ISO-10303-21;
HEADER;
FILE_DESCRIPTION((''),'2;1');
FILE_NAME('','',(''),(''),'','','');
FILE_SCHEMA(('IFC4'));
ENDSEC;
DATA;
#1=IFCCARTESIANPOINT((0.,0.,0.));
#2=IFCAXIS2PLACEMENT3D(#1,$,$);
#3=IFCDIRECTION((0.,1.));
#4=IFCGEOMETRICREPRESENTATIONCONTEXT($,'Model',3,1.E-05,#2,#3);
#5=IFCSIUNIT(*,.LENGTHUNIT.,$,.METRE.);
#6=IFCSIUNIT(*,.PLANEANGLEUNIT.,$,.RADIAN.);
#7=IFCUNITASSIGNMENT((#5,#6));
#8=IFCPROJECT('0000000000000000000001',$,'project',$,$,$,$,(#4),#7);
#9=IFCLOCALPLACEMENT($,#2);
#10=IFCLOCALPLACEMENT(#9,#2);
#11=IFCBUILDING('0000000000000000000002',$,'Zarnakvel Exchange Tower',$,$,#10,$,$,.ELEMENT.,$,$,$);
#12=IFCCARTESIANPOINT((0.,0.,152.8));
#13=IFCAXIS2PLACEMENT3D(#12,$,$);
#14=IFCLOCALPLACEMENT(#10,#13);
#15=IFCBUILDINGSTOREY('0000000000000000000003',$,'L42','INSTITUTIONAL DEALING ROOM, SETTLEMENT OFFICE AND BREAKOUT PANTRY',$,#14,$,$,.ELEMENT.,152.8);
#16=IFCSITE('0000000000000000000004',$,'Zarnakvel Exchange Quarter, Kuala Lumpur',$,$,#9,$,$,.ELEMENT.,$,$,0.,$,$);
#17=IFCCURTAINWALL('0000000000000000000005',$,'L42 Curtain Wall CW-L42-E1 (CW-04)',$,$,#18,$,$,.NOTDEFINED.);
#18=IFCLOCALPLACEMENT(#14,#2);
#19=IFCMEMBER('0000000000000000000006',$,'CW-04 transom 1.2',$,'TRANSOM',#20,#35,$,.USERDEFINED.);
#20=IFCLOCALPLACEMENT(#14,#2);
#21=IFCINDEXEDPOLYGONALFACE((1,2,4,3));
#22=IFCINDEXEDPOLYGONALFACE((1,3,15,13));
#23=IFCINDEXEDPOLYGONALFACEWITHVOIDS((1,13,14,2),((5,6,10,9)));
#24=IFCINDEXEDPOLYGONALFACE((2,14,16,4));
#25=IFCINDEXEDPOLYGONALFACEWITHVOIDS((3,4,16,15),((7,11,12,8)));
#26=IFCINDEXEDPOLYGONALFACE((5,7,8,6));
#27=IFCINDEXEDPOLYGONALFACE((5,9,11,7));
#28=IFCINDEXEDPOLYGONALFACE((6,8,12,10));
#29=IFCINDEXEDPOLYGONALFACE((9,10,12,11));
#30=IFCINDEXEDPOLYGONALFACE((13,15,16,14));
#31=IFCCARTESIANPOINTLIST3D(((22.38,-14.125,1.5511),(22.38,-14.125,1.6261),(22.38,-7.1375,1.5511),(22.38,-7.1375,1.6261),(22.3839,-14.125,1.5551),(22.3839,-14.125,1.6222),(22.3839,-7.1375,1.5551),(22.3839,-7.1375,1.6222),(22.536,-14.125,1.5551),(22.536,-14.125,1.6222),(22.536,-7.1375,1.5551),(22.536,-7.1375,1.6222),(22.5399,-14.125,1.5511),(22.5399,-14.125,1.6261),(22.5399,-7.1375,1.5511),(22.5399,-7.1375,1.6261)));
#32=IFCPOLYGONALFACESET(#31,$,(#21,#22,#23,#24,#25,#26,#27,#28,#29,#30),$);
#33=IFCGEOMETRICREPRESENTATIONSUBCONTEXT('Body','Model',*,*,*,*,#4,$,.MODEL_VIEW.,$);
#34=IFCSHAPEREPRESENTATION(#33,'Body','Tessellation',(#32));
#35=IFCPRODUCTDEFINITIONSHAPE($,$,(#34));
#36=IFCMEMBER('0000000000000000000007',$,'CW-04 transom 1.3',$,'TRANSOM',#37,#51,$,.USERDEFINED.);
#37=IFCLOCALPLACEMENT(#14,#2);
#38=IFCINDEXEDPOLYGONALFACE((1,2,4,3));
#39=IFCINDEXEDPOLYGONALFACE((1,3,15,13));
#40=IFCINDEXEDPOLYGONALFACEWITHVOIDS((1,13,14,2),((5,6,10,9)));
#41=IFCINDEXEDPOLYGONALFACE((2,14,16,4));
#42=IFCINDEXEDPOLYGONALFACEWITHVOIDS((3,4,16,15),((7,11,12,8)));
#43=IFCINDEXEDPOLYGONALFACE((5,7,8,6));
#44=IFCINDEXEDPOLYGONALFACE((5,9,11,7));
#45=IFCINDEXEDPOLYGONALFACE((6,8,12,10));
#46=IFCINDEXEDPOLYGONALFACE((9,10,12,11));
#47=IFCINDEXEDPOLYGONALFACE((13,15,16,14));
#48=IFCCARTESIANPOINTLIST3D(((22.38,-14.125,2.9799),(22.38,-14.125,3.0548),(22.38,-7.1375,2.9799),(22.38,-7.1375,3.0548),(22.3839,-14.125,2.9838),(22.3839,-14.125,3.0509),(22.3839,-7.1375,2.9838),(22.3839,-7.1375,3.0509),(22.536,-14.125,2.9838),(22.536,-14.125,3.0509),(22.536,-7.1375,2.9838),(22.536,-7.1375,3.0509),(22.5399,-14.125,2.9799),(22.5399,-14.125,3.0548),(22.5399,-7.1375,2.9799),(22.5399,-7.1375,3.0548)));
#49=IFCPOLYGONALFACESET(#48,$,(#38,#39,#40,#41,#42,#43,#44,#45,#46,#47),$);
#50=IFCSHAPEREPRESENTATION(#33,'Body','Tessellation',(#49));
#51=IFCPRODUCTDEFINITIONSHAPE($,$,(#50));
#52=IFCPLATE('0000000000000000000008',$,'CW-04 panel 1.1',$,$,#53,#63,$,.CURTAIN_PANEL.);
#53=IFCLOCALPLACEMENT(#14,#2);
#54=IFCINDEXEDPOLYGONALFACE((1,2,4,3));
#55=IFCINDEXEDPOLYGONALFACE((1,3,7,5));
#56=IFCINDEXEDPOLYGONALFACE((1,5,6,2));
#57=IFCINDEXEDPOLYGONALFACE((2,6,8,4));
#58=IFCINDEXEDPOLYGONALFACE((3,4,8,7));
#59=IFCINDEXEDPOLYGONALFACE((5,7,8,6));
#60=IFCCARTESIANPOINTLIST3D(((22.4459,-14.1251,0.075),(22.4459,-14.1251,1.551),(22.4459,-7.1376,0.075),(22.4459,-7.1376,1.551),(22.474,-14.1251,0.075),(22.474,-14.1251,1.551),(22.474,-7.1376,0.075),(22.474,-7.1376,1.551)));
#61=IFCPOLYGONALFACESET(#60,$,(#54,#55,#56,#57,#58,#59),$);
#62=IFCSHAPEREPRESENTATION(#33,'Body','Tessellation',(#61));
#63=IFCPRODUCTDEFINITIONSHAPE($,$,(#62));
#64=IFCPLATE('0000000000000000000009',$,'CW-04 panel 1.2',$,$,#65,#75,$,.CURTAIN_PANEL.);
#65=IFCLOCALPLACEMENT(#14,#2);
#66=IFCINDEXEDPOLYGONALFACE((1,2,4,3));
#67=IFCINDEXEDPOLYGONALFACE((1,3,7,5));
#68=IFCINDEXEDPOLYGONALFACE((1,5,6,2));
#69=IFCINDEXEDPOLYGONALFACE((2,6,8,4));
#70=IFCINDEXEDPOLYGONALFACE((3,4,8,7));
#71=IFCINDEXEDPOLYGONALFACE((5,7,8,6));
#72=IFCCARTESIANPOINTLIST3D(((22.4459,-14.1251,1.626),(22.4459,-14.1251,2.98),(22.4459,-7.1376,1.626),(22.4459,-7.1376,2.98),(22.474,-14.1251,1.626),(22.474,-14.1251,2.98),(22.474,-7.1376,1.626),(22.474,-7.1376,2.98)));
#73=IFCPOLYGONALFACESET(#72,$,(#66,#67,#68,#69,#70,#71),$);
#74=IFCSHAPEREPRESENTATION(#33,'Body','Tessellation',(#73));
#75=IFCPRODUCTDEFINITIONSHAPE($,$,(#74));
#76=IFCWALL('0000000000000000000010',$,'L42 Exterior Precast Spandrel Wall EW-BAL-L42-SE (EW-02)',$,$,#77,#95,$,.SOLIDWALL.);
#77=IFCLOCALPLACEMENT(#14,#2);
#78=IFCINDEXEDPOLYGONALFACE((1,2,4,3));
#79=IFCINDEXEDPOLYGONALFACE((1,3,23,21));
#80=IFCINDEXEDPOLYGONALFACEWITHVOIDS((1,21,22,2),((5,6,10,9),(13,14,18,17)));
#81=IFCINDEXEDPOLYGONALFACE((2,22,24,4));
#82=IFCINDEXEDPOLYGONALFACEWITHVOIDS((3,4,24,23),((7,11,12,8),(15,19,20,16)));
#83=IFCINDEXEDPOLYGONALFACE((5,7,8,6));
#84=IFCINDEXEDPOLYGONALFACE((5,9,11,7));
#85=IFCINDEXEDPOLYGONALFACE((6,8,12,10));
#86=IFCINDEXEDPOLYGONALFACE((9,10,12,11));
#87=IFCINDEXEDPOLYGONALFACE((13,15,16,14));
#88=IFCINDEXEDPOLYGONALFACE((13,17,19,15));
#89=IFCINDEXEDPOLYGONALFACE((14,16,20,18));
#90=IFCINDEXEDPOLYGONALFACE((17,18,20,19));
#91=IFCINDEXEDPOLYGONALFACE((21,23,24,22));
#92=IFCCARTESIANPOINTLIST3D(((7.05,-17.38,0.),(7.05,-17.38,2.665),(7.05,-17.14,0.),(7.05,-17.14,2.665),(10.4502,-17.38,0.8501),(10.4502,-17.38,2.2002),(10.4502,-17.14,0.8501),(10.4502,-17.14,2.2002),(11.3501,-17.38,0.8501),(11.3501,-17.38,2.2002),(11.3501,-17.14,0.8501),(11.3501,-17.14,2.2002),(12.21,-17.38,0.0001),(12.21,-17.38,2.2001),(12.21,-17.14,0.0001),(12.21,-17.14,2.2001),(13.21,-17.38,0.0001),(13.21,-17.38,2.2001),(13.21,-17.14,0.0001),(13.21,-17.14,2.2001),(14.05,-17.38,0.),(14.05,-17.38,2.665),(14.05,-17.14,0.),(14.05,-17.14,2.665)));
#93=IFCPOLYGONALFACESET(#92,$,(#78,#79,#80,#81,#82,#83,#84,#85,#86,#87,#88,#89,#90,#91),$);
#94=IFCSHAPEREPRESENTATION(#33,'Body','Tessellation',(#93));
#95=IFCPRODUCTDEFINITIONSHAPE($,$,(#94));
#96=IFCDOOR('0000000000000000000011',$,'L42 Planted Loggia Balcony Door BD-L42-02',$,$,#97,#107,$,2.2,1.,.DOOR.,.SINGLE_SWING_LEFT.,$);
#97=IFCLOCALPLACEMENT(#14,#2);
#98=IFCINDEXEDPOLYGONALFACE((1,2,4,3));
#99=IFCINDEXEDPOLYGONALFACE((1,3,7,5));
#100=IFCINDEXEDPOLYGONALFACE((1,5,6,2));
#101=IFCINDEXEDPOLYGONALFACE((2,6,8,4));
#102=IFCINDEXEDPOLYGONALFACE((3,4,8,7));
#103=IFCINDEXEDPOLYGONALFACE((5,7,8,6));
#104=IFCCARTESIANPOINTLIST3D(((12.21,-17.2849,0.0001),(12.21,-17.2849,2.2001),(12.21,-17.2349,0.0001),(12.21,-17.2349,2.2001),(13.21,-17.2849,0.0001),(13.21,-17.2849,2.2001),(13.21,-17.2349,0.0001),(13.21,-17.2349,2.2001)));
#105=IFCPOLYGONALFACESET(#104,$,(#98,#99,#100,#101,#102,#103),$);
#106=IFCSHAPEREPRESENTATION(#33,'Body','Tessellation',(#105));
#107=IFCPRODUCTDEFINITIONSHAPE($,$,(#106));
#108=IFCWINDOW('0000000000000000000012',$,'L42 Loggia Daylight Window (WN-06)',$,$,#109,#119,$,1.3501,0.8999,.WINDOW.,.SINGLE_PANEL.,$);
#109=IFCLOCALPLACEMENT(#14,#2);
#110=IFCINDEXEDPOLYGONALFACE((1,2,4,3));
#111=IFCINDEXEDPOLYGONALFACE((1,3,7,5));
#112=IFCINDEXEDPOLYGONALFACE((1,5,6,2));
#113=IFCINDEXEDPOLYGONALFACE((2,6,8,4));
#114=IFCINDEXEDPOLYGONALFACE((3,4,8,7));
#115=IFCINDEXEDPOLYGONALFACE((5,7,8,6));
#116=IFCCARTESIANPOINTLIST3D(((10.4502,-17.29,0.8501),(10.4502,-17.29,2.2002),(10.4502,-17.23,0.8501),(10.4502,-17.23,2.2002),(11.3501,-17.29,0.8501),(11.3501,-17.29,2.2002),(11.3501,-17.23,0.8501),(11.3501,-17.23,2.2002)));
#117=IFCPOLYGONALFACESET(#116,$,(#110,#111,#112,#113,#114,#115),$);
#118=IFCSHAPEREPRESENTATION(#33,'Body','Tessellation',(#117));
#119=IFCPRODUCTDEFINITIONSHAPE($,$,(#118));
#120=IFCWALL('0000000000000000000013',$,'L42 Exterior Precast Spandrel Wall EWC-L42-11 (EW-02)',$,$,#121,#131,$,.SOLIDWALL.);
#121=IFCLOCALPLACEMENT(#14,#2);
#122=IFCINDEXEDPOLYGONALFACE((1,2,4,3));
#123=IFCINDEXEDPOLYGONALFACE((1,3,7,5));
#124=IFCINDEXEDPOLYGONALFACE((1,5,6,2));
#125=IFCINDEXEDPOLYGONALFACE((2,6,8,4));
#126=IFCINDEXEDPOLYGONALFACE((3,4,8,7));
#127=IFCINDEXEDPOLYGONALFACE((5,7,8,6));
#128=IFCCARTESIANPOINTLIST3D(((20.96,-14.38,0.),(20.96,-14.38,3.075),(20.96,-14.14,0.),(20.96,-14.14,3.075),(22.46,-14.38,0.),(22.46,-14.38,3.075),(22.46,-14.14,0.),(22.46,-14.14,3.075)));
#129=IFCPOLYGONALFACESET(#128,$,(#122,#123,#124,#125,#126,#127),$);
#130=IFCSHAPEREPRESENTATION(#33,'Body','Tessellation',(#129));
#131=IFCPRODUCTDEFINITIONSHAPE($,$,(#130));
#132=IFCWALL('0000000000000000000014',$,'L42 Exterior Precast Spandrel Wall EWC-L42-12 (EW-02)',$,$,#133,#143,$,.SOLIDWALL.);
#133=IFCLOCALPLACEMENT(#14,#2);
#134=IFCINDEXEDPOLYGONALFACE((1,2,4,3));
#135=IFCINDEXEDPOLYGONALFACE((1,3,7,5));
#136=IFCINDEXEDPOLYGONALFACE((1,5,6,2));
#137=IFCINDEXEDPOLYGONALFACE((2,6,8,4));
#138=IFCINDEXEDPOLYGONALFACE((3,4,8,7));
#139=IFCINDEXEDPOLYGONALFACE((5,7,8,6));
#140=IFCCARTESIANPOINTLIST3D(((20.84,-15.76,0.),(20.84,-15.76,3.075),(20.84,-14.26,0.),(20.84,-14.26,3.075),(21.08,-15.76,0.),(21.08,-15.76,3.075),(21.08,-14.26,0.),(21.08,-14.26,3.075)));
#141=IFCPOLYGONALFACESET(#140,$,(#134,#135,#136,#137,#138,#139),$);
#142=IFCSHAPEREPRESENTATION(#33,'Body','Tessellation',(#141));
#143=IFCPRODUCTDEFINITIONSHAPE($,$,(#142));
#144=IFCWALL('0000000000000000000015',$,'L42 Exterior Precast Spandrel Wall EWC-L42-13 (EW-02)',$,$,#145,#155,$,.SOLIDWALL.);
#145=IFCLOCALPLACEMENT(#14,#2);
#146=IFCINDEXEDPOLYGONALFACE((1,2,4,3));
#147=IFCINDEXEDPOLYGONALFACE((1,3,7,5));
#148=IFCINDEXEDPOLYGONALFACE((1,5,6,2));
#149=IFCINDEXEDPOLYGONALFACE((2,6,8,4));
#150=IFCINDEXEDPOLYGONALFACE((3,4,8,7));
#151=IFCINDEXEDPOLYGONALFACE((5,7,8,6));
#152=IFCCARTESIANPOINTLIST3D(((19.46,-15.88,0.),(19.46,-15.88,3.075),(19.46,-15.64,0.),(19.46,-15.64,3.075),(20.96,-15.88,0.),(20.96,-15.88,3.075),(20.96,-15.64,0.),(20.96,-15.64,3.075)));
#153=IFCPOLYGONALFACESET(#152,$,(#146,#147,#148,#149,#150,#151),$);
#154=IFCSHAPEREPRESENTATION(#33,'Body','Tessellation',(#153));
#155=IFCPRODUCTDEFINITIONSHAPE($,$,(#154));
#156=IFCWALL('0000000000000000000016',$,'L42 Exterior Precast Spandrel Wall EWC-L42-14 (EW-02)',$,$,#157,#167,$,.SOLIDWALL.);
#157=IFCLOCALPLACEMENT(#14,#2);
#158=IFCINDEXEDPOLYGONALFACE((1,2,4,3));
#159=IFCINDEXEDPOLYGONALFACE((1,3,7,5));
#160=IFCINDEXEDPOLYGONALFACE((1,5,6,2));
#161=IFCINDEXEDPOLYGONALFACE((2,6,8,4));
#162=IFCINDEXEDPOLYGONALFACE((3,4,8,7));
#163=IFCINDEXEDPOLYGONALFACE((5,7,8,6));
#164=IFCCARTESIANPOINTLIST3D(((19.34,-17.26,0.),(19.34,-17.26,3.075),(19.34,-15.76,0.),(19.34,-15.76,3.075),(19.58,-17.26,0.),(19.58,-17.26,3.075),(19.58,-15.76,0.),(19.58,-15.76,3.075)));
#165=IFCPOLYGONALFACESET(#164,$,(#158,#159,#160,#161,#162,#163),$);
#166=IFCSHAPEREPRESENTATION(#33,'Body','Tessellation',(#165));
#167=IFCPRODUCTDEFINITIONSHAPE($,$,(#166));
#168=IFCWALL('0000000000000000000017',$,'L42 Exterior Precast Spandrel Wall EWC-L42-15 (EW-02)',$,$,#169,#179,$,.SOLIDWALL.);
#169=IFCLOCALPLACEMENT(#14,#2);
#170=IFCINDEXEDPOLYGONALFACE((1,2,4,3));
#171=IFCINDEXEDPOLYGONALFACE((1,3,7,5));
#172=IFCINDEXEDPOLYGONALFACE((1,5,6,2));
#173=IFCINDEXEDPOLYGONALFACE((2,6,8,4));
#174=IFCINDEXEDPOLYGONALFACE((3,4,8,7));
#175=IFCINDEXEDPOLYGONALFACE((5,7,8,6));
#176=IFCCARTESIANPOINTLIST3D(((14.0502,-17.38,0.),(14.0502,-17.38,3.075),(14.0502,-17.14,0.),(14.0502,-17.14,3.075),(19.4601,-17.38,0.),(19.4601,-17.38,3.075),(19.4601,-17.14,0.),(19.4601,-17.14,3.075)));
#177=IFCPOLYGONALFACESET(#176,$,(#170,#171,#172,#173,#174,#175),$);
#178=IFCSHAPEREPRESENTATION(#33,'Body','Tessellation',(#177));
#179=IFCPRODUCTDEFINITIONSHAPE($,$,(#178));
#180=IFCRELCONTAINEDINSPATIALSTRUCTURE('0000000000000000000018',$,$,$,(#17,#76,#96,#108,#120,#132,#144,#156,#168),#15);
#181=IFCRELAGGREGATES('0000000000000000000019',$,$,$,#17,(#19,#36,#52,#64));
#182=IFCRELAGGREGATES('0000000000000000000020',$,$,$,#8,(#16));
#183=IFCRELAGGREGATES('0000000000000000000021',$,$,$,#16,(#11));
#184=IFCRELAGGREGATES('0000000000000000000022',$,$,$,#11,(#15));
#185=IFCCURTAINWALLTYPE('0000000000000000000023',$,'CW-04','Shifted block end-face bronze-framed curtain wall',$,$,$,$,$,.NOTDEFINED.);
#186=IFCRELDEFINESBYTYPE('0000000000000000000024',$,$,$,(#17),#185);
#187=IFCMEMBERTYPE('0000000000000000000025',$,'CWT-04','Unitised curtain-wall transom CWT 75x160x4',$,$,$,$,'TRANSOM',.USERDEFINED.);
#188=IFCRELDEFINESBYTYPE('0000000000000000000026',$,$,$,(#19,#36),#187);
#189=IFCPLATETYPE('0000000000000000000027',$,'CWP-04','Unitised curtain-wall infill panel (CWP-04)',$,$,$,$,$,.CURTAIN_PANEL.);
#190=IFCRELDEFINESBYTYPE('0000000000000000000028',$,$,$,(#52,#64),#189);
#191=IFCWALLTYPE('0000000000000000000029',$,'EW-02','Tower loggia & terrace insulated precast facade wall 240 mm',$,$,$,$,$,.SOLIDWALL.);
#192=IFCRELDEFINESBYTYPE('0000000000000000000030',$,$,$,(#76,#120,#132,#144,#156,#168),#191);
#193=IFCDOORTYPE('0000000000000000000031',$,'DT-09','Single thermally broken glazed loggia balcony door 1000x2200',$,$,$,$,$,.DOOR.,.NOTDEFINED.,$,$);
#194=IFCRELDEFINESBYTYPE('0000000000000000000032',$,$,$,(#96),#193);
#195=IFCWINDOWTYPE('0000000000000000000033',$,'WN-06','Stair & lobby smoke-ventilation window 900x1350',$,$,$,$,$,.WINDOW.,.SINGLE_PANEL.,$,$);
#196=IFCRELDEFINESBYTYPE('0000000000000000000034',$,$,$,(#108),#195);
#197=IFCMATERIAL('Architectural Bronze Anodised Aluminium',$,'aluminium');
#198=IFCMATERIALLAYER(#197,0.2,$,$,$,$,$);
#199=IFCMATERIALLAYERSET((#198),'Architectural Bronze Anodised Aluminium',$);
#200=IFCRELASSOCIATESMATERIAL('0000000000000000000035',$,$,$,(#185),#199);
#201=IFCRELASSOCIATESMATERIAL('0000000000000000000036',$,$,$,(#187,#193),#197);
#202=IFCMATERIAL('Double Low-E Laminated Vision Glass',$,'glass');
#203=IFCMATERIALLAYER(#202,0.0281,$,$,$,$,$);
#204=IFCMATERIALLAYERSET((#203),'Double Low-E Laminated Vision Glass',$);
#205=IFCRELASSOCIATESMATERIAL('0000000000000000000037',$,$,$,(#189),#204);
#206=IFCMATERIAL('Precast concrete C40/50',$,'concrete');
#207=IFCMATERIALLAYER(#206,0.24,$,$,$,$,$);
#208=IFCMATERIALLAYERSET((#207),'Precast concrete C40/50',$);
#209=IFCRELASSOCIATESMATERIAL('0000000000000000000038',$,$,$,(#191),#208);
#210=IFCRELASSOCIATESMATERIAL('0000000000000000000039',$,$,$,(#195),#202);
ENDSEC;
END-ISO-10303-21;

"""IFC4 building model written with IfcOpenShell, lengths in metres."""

from ifc_helpers import new_model, si_unit, direction, frame, frame_2d, origin, origin_2d, place, context, subcontext, project, spatial, rectangle, hollow_rectangle, extrude, source, transform, mapped, material, layer, layer_set, material_profile, profile_set, type_object, element, fill, aggregate, save


model = new_model("IFC4")

# Units and contexts
model_context = context("Model", 3, precision=1e-05, world=origin(), true_north=direction((0.0, 1.0)))
body_context = subcontext(model_context, "Body", "Model", "MODEL_VIEW")
ifc_project = project(units=[si_unit("LENGTHUNIT", "METRE"), si_unit("PLANEANGLEUNIT", "RADIAN")], contexts=[model_context])

# Site, building, storey
site_placement = place(None, origin())
site = spatial("IfcSite", under=ifc_project, at=site_placement, Name="Zarnakvel Exchange Quarter, Kuala Lumpur", CompositionType="ELEMENT", RefElevation=0.0)
building_placement = place(site_placement, origin())
building = spatial("IfcBuilding", under=site, at=building_placement, Name="Zarnakvel Exchange Tower", CompositionType="ELEMENT")
storey_placement = place(building_placement, frame((0.0, 0.0, 152.8)))
storey = spatial("IfcBuildingStorey", under=building, at=storey_placement, Name="L42", Description="INSTITUTIONAL DEALING ROOM, SETTLEMENT OFFICE AND BREAKOUT PANTRY", CompositionType="ELEMENT", Elevation=152.8)

# Curtain wall, members, plates
ifc_material_1 = material(Name="Architectural Bronze Anodised Aluminium", Category="aluminium")
ifc_layer_1 = layer(ifc_material_1, 0.2)
ifc_layer_set_1 = layer_set([ifc_layer_1], Name="Architectural Bronze Anodised Aluminium")
curtain_wall_type = type_object("IfcCurtainWallType", Name="CW-04", Description="Shifted block end-face bronze-framed curtain wall", PredefinedType="NOTDEFINED", material=ifc_layer_set_1)
curtain_wall_placement = place(storey_placement, origin())
curtain_wall = element("IfcCurtainWall", 1, at=curtain_wall_placement, inside=storey, type_object=curtain_wall_type, Name="L42 Curtain Wall CW-L42-E1 (CW-04)", PredefinedType="NOTDEFINED")
ifc_material_profile_1 = material_profile(ifc_material_1, hollow_rectangle(XDim=0.1599, YDim=0.075, WallThickness=0.0039, at=origin_2d()))
ifc_profile_set_1 = profile_set([ifc_material_profile_1], Name="Architectural Bronze Anodised Aluminium")
member_type_1 = type_object("IfcMemberType", Name="CWT-04", Description="Unitised curtain-wall transom CWT 75x160x4", ElementType="TRANSOM", PredefinedType="USERDEFINED", material=ifc_profile_set_1)
shared_shape_1 = source(origin(), body_context, "Body", "SweptSolid", [
    extrude(hollow_rectangle(XDim=0.1599, YDim=0.075, WallThickness=0.0039, at=origin_2d()), origin(), (0.0, 0.0, 1.0), 6.9875),
])
member_1_placement = place(storey_placement, frame((22.46, -14.125, 1.5886), z_axis=(0.0, 1.0, 0.0), x_axis=(-1.0, 0.0, 0.0)))
member_1 = element("IfcMember", 2, at=member_1_placement, type_object=member_type_1, Name="CW-04 transom 1.2", ObjectType="TRANSOM", PredefinedType="USERDEFINED", context=body_context, shape_type="MappedRepresentation", body=[
    mapped(shared_shape_1, transform((0.0, 0.0, 0.0), x_axis=(1.0, 0.0, 0.0), y_axis=(0.0, 1.0, 0.0), z_axis=(0.0, 0.0, 1.0), scale=1.0)),
])
member_2_placement = place(storey_placement, frame((22.46, -14.125, 3.0173), z_axis=(0.0, 1.0, 0.0), x_axis=(-1.0, 0.0, 0.0)))
member_2 = element("IfcMember", 3, at=member_2_placement, type_object=member_type_1, Name="CW-04 transom 1.3", ObjectType="TRANSOM", PredefinedType="USERDEFINED", context=body_context, shape_type="MappedRepresentation", body=[
    mapped(shared_shape_1, transform((0.0, 0.0, 0.0), x_axis=(1.0, 0.0, 0.0), y_axis=(0.0, 1.0, 0.0), z_axis=(0.0, 0.0, 1.0), scale=1.0)),
])
ifc_material_2 = material(Name="Double Low-E Laminated Vision Glass", Category="glass")
ifc_layer_2 = layer(ifc_material_2, 0.0281)
ifc_layer_set_2 = layer_set([ifc_layer_2], Name="Double Low-E Laminated Vision Glass")
plate_type = type_object("IfcPlateType", Name="CWP-04", Description="Unitised curtain-wall infill panel (CWP-04)", PredefinedType="CURTAIN_PANEL", material=ifc_layer_set_2)
shared_shape_2 = source(origin(), body_context, "Body", "SweptSolid", [
    extrude(rectangle(XDim=6.9875, YDim=0.0281, at=origin_2d()), origin(), (0.0, 0.0, 1.0), 1.4761),
])
plate_1_placement = place(storey_placement, frame((22.46, -10.6313, 0.075), z_axis=(0.0, 0.0, 1.0), x_axis=(0.0, 1.0, 0.0)))
plate_1 = element("IfcPlate", 4, at=plate_1_placement, type_object=plate_type, Name="CW-04 panel 1.1", PredefinedType="CURTAIN_PANEL", context=body_context, shape_type="MappedRepresentation", body=[
    mapped(shared_shape_2, transform((0.0, 0.0, 0.0), x_axis=(1.0, 0.0, 0.0), y_axis=(0.0, 1.0, 0.0), z_axis=(0.0, 0.0, 1.0), scale=1.0)),
])
shared_shape_3 = source(origin(), body_context, "Body", "SweptSolid", [
    extrude(rectangle(XDim=6.9875, YDim=0.0281, at=origin_2d()), origin(), (0.0, 0.0, 1.0), 1.354),
])
plate_2_placement = place(storey_placement, frame((22.46, -10.6313, 1.626), z_axis=(0.0, 0.0, 1.0), x_axis=(0.0, 1.0, 0.0)))
plate_2 = element("IfcPlate", 5, at=plate_2_placement, type_object=plate_type, Name="CW-04 panel 1.2", PredefinedType="CURTAIN_PANEL", context=body_context, shape_type="MappedRepresentation", body=[
    mapped(shared_shape_3, transform((0.0, 0.0, 0.0), x_axis=(1.0, 0.0, 0.0), y_axis=(0.0, 1.0, 0.0), z_axis=(0.0, 0.0, 1.0), scale=1.0)),
])
aggregate(curtain_wall, [member_1, member_2, plate_1, plate_2])

# Wall, openings, door, window
ifc_material_3 = material(Name="Precast concrete C40/50", Category="concrete")
ifc_layer_3 = layer(ifc_material_3, 0.24)
ifc_layer_set_3 = layer_set([ifc_layer_3], Name="Precast concrete C40/50")
wall_type_1 = type_object("IfcWallType", Name="EW-02", Description="Tower loggia & terrace insulated precast facade wall 240 mm", PredefinedType="SOLIDWALL", material=ifc_layer_set_3)
wall_1_placement = place(storey_placement, frame((14.05, -17.26, 0.0), z_axis=(0.0, 0.0, 1.0), x_axis=(-1.0, 0.0, 0.0)))
wall_1 = element("IfcWall", 6, at=wall_1_placement, inside=storey, type_object=wall_type_1, Name="L42 Exterior Precast Spandrel Wall EW-BAL-L42-SE (EW-02)", PredefinedType="SOLIDWALL", context=body_context, shape_type="SweptSolid", body=[
    extrude(rectangle(XDim=7.0, YDim=0.24, at=frame_2d((3.5, 0.0))), origin(), (0.0, 0.0, 1.0), 2.665),
])
opening_1_placement = place(wall_1_placement, frame((0.8401, 0.0, 0.0)))
opening_1 = element("IfcOpeningElement", 7, at=opening_1_placement, cuts=wall_1, PredefinedType="OPENING", context=body_context, shape_type="SweptSolid", body=[
    extrude(rectangle(XDim=1.0, YDim=2.2, at=frame_2d((0.5, 1.1001))), frame((0.0, 0.1299, 0.0), z_axis=(0.0, -1.0, 0.0), x_axis=(1.0, 0.0, 0.0)), (0.0, 0.0, 1.0), 0.26),
])
opening_2_placement = place(wall_1_placement, frame((2.7, 0.0, 0.8501)))
opening_2 = element("IfcOpeningElement", 8, at=opening_2_placement, cuts=wall_1, PredefinedType="OPENING", context=body_context, shape_type="SweptSolid", body=[
    extrude(rectangle(XDim=0.8999, YDim=1.3501, at=frame_2d((0.45, 0.675))), frame((0.0, 0.1299, 0.0), z_axis=(0.0, -1.0, 0.0), x_axis=(1.0, 0.0, 0.0)), (0.0, 0.0, 1.0), 0.26),
])
door_type = type_object("IfcDoorType", Name="DT-09", Description="Single thermally broken glazed loggia balcony door 1000x2200", OperationType="NOTDEFINED", PredefinedType="DOOR", material=ifc_material_1)
shared_shape_4 = source(origin(), body_context, "Body", "SweptSolid", [
    extrude(rectangle(XDim=1.0, YDim=2.2, at=frame_2d((0.5, 1.1001))), frame((0.0, 0.0249, 0.0), z_axis=(0.0, -1.0, 0.0), x_axis=(1.0, 0.0, 0.0)), (0.0, 0.0, 1.0), 0.05),
])
door_placement = place(opening_1_placement, origin())
door = element("IfcDoor", 9, at=door_placement, inside=storey, type_object=door_type, Name="L42 Planted Loggia Balcony Door BD-L42-02", OperationType="SINGLE_SWING_LEFT", OverallHeight=2.2, OverallWidth=1.0, PredefinedType="DOOR", context=body_context, shape_type="MappedRepresentation", body=[
    mapped(shared_shape_4, transform((0.0, 0.0, 0.0), x_axis=(1.0, 0.0, 0.0), y_axis=(0.0, 1.0, 0.0), z_axis=(0.0, 0.0, 1.0), scale=1.0)),
])
fill(opening_1, door)
window_type = type_object("IfcWindowType", Name="WN-06", Description="Stair & lobby smoke-ventilation window 900x1350", PartitioningType="SINGLE_PANEL", PredefinedType="WINDOW", material=ifc_material_2)
shared_shape_5 = source(origin(), body_context, "Body", "SweptSolid", [
    extrude(rectangle(XDim=0.8999, YDim=1.3501, at=frame_2d((0.45, 0.675))), frame((0.0, 0.03, 0.0), z_axis=(0.0, -1.0, 0.0), x_axis=(1.0, 0.0, 0.0)), (0.0, 0.0, 1.0), 0.0601),
])
window_placement = place(opening_2_placement, origin())
window = element("IfcWindow", 10, at=window_placement, inside=storey, type_object=window_type, Name="L42 Loggia Daylight Window (WN-06)", OverallHeight=1.3501, OverallWidth=0.8999, PartitioningType="SINGLE_PANEL", PredefinedType="WINDOW", context=body_context, shape_type="MappedRepresentation", body=[
    mapped(shared_shape_5, transform((0.0, 0.0, 0.0), x_axis=(1.0, 0.0, 0.0), y_axis=(0.0, 1.0, 0.0), z_axis=(0.0, 0.0, 1.0), scale=1.0)),
])
fill(opening_2, window)

# Walls
for number, where, z_axis, x_axis, name in (
    (11, (20.96, -14.26, 0.0), (0.0, 0.0, 1.0), (1.0, 0.0, 0.0), "L42 Exterior Precast Spandrel Wall EWC-L42-11 (EW-02)"),
    (12, (20.96, -15.76, 0.0), (0.0, 0.0, 1.0), (0.0, 1.0, 0.0), "L42 Exterior Precast Spandrel Wall EWC-L42-12 (EW-02)"),
    (13, (19.46, -15.76, 0.0), (0.0, 0.0, 1.0), (1.0, 0.0, 0.0), "L42 Exterior Precast Spandrel Wall EWC-L42-13 (EW-02)"),
    (14, (19.46, -17.26, 0.0), (0.0, 0.0, 1.0), (0.0, 1.0, 0.0), "L42 Exterior Precast Spandrel Wall EWC-L42-14 (EW-02)"),
):
    element("IfcWall", number, at=place(storey_placement, frame(where, z_axis=z_axis, x_axis=x_axis)), inside=storey, type_object=wall_type_1, Name=name, PredefinedType="SOLIDWALL", context=body_context, shape_type="SweptSolid", body=[
        extrude(rectangle(XDim=1.5, YDim=0.24, at=frame_2d((0.75, 0.0))), origin(), (0.0, 0.0, 1.0), 3.075),
    ])
wall_2_placement = place(storey_placement, frame((14.05, -17.26, 0.0), z_axis=(0.0, 0.0, 1.0), x_axis=(1.0, 0.0, 0.0)))
element("IfcWall", 15, at=wall_2_placement, inside=storey, type_object=wall_type_1, Name="L42 Exterior Precast Spandrel Wall EWC-L42-15 (EW-02)", PredefinedType="SOLIDWALL", context=body_context, shape_type="SweptSolid", body=[
    extrude(rectangle(XDim=5.4099, YDim=0.24, at=frame_2d((2.7051, 0.0))), origin(), (0.0, 0.0, 1.0), 3.075),
])

save(model, "model.ifc")
